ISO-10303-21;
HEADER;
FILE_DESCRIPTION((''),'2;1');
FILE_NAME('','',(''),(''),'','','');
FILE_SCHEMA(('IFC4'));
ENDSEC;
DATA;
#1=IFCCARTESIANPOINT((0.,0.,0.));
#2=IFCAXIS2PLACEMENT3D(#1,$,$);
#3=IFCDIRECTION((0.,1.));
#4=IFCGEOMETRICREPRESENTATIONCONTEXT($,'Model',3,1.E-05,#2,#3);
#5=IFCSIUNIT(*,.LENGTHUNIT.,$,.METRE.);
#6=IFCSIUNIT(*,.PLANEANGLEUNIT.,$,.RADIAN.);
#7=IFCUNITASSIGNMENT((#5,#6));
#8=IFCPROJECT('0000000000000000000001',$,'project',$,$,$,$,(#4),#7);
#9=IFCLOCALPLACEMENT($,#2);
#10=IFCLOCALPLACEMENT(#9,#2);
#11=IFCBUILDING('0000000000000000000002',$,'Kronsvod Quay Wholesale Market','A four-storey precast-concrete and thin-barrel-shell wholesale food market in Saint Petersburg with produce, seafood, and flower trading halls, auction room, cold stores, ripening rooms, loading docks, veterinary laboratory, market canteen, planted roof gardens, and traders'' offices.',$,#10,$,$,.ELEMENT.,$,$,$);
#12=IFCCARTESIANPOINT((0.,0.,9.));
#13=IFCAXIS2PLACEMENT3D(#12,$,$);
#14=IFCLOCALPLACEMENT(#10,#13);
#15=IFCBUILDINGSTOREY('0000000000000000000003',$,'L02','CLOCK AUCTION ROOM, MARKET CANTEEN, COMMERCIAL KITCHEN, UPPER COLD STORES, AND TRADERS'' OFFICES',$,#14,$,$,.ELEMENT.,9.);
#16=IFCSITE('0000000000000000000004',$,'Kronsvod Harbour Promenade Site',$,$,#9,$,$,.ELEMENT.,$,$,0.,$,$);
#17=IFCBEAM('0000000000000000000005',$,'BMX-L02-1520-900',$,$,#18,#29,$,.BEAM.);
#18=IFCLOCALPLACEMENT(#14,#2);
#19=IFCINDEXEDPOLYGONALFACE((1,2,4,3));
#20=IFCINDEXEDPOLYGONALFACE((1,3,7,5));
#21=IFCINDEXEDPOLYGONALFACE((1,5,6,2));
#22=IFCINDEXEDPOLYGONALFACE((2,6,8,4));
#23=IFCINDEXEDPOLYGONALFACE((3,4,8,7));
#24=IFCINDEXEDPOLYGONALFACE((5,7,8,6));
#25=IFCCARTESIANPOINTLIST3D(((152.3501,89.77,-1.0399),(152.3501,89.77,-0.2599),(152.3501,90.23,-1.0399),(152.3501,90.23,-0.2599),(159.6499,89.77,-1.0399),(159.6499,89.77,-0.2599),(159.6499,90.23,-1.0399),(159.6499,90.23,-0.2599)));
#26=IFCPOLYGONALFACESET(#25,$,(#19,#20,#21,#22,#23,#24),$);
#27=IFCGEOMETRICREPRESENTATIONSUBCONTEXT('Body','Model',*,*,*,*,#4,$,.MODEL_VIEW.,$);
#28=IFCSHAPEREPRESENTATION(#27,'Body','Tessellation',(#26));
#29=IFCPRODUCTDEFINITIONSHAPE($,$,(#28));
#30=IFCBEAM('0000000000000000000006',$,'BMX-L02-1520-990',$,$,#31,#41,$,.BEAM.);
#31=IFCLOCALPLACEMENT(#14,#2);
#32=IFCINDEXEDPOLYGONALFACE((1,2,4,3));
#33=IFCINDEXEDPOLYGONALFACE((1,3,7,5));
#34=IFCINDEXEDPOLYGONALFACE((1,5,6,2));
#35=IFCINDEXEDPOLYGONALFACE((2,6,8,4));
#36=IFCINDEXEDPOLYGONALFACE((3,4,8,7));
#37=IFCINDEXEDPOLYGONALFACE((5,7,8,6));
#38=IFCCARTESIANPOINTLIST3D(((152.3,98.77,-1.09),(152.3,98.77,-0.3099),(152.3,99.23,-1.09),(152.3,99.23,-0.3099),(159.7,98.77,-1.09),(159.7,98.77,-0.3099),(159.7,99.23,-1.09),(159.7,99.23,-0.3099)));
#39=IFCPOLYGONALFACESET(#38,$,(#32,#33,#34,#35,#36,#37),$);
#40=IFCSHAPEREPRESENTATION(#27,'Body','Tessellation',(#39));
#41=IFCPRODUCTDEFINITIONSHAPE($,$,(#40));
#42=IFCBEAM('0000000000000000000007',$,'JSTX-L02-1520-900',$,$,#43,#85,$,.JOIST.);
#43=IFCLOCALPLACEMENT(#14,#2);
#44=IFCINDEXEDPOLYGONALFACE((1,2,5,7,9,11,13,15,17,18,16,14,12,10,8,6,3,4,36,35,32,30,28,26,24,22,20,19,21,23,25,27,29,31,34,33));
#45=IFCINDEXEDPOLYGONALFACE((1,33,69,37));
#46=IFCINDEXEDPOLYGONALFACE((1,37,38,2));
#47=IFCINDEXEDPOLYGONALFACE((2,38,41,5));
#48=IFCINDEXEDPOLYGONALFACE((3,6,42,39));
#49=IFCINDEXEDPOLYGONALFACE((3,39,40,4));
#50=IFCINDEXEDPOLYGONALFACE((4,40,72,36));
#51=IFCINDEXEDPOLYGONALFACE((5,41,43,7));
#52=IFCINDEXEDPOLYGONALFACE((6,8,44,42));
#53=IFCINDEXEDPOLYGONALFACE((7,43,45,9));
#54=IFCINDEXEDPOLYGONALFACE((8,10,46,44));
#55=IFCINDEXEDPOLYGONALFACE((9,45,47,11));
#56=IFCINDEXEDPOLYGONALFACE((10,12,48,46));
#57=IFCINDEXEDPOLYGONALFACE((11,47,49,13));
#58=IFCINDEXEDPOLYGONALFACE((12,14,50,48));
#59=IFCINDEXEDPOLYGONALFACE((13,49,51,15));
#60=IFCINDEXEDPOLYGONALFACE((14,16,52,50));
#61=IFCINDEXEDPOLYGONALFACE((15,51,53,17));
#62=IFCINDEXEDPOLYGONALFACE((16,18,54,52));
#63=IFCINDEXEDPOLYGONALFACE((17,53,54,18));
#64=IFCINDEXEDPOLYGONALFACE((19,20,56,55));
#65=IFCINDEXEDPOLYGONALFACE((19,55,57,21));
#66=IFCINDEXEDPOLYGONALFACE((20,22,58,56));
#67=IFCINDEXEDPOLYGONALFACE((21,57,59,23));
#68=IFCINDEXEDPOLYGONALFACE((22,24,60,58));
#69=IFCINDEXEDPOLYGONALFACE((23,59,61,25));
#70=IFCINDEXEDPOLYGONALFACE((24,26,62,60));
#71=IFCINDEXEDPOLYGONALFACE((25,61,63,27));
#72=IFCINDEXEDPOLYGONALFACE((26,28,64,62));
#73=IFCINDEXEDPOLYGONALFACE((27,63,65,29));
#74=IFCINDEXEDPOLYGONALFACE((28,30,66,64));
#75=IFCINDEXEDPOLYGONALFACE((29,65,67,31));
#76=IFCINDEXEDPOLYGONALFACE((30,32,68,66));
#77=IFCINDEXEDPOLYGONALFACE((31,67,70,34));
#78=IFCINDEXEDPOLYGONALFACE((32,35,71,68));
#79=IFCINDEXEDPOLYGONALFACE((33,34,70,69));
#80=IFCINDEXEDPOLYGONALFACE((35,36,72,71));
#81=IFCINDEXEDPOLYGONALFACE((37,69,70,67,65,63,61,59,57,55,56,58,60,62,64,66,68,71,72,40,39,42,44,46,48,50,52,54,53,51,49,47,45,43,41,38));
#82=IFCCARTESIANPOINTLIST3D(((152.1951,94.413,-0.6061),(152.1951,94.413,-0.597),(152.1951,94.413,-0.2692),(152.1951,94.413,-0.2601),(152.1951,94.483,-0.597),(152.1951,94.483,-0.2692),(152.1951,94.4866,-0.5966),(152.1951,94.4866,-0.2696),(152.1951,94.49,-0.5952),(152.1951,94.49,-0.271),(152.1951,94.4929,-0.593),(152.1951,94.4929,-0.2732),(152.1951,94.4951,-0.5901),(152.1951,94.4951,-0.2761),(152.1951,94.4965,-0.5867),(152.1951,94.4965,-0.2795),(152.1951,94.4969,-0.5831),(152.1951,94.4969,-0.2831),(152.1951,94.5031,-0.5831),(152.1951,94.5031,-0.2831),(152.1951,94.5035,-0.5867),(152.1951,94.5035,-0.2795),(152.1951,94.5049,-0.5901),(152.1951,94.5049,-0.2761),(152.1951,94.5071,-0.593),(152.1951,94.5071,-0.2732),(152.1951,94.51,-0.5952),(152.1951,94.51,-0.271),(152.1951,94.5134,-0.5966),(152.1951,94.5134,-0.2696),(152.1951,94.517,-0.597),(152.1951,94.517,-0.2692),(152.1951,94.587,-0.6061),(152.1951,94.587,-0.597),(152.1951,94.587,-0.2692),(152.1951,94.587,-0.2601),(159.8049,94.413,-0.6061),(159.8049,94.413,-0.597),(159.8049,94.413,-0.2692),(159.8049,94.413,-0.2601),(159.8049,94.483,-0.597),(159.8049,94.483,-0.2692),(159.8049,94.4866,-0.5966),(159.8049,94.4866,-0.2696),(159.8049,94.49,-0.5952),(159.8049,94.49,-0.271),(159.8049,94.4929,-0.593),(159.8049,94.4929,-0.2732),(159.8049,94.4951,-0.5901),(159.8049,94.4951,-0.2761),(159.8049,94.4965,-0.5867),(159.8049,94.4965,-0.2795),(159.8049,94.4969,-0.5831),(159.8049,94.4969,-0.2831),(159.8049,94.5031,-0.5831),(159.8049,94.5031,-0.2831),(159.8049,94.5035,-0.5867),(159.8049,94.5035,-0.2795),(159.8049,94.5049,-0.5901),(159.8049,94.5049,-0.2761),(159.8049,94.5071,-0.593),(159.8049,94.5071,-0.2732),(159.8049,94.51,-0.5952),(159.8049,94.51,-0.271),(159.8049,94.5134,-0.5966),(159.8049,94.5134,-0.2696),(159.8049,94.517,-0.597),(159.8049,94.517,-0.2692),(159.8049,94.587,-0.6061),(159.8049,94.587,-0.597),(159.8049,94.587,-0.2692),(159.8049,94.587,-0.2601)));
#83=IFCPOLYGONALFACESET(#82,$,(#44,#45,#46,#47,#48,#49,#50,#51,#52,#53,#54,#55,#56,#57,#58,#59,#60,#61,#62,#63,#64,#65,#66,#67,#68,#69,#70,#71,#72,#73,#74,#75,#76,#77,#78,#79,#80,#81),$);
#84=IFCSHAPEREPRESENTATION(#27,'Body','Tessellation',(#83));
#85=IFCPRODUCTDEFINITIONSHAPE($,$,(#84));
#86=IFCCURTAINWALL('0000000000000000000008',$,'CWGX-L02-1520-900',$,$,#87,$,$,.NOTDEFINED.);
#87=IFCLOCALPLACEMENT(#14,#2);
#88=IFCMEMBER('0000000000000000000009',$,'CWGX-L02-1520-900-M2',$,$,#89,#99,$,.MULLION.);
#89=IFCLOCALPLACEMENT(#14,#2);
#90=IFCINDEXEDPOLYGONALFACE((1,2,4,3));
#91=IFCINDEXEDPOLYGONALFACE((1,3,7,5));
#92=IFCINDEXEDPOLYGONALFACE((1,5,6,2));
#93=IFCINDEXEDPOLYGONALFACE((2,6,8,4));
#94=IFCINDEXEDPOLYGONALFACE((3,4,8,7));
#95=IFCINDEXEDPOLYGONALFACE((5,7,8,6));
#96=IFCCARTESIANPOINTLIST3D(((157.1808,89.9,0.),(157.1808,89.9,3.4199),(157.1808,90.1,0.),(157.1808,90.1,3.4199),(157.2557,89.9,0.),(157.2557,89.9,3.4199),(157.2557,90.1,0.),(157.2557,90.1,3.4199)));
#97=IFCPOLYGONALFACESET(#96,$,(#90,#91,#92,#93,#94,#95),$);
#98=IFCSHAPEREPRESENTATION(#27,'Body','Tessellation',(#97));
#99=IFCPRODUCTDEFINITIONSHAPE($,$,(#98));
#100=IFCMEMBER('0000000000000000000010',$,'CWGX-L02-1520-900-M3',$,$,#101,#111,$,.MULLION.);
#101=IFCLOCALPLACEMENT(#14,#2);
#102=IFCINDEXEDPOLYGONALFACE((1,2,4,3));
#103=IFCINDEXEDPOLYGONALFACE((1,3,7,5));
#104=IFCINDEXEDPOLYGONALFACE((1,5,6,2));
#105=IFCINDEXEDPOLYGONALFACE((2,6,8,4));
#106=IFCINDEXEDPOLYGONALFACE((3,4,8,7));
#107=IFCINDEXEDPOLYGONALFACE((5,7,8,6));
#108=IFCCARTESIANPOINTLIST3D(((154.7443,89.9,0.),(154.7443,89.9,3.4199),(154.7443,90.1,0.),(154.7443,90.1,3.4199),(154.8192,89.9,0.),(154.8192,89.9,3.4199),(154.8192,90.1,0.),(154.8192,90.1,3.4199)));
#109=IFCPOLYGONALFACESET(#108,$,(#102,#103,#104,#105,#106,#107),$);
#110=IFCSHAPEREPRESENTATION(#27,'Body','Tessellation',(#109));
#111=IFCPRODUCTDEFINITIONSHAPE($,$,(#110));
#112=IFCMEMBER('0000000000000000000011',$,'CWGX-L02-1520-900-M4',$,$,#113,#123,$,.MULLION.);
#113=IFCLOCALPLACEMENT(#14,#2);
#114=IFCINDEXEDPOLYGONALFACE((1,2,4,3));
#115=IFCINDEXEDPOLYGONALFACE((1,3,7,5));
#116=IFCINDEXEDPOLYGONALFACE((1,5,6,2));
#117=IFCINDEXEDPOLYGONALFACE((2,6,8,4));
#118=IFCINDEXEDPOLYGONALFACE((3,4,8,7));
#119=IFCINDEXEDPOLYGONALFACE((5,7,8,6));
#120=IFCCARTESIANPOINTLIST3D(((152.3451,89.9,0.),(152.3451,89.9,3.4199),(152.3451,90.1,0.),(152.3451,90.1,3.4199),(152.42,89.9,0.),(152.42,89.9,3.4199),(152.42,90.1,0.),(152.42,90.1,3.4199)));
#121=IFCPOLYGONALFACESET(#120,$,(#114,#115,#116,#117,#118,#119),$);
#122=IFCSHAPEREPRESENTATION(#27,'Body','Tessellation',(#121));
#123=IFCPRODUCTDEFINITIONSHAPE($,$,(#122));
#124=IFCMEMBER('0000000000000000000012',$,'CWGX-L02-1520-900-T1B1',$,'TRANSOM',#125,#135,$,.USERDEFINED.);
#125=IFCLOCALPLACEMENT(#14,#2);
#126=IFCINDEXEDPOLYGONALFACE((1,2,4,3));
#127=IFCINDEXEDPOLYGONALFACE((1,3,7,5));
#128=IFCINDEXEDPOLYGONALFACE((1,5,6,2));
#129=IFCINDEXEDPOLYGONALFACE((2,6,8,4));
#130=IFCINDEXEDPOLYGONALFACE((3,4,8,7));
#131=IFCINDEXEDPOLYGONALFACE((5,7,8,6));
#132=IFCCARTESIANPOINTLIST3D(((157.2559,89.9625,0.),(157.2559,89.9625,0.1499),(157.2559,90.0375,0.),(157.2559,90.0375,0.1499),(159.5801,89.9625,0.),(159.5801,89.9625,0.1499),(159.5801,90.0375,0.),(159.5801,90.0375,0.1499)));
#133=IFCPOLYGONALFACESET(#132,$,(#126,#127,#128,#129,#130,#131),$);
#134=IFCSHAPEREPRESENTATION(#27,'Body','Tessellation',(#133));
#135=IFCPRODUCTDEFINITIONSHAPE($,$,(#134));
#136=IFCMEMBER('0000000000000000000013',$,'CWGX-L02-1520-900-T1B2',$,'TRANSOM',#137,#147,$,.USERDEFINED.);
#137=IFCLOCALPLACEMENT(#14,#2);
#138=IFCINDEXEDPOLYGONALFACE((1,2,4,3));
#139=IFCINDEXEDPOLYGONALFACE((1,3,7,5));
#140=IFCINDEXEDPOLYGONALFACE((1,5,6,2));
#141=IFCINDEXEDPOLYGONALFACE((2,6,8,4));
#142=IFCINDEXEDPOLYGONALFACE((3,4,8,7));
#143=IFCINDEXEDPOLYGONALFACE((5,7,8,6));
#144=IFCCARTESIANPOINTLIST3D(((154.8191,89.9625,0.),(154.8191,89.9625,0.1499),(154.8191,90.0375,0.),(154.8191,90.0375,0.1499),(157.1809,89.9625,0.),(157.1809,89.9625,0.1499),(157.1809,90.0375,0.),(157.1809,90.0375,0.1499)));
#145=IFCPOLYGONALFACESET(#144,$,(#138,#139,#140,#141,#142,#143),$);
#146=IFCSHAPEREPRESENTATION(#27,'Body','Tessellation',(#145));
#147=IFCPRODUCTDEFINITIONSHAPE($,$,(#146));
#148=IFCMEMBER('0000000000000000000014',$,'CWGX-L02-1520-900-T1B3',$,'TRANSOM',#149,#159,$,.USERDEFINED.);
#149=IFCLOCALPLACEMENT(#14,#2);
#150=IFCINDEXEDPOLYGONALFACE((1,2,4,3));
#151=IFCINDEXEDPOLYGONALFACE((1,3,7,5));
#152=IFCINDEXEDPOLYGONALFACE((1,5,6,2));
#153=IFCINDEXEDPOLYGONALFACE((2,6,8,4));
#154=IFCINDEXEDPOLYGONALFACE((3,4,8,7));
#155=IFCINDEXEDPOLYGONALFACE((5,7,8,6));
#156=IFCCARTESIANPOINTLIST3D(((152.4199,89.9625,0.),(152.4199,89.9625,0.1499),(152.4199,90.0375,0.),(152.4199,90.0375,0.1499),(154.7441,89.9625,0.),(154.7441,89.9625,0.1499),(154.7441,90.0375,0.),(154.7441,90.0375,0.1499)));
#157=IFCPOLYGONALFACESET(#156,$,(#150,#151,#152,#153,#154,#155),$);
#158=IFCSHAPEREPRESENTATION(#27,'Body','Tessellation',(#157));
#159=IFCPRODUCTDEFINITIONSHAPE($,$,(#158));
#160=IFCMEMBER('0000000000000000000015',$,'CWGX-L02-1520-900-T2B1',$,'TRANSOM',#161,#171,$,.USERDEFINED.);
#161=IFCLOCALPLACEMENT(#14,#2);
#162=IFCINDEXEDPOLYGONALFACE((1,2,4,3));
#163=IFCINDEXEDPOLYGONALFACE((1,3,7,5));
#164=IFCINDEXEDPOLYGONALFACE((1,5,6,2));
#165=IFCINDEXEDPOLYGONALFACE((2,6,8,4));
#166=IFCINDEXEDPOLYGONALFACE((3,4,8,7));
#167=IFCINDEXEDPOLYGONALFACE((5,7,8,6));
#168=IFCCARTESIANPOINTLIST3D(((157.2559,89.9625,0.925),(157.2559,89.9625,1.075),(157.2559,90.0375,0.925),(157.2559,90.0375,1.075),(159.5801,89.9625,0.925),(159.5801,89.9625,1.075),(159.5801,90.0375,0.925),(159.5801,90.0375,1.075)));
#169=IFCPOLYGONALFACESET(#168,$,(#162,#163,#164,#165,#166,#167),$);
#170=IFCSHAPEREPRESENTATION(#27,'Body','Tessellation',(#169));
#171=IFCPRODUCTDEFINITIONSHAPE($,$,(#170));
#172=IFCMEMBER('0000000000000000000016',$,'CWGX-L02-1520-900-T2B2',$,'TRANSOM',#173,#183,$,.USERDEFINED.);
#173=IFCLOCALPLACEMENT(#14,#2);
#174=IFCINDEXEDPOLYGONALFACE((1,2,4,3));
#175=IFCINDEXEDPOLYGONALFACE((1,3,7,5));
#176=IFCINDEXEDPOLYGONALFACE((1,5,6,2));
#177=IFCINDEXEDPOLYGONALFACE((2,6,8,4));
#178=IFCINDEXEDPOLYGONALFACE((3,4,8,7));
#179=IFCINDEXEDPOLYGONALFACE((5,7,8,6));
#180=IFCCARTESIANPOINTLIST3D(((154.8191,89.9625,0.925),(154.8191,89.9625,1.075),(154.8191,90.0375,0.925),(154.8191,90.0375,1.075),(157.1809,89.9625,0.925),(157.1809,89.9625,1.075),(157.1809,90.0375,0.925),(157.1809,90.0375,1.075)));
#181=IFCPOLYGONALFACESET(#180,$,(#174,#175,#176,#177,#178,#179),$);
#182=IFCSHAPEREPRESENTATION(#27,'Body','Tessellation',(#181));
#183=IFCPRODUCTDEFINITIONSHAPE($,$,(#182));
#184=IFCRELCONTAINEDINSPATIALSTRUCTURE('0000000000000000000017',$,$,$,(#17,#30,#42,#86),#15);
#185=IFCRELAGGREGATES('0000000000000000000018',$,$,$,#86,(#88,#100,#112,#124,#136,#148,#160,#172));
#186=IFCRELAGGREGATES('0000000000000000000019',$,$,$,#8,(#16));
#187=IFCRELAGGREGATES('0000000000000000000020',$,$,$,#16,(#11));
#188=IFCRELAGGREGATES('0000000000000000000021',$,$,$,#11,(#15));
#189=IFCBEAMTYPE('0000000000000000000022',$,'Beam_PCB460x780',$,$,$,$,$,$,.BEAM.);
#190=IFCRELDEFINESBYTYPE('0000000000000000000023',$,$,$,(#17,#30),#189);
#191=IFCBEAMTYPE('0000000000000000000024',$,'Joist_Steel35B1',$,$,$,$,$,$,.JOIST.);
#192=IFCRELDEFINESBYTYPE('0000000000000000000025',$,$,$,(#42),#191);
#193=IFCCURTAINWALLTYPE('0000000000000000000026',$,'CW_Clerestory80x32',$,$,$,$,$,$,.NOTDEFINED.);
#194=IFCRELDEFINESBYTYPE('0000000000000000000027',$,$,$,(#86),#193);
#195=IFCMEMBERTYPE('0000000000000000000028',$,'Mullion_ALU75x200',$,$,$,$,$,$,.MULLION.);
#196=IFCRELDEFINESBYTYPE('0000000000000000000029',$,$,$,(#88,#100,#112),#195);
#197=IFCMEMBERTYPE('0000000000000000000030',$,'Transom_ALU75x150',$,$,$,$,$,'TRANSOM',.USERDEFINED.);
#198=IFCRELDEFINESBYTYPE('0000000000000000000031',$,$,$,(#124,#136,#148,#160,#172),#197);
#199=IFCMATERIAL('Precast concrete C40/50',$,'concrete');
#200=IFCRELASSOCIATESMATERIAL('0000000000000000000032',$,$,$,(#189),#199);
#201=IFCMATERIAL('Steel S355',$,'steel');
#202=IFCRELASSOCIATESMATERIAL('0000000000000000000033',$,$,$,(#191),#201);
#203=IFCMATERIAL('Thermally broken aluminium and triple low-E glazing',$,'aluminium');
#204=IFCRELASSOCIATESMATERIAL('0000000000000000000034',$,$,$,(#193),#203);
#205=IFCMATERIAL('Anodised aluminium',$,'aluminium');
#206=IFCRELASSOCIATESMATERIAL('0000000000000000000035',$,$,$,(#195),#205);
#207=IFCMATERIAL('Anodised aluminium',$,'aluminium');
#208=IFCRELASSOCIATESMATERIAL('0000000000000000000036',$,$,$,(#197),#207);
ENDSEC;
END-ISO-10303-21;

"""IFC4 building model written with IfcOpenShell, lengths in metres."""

from ifc_helpers import new_model, si_unit, direction, frame, origin, origin_2d, place, context, subcontext, project, spatial, rectangle, i_section, extrude, material, material_profile, profile_set, type_object, element, aggregate, save


model = new_model("IFC4")

# Units and contexts
model_context = context("Model", 3, precision=1e-05, world=origin(), true_north=direction((0.0, 1.0)))
body_context = subcontext(model_context, "Body", "Model", "MODEL_VIEW")
ifc_project = project(units=[si_unit("LENGTHUNIT", "METRE"), si_unit("PLANEANGLEUNIT", "RADIAN")], contexts=[model_context])

# Site, building, storey
site_placement = place(None, origin())
site = spatial("IfcSite", under=ifc_project, at=site_placement, Name="Kronsvod Harbour Promenade Site", CompositionType="ELEMENT", RefElevation=0.0)
building_placement = place(site_placement, origin())
building = spatial("IfcBuilding", under=site, at=building_placement, Name="Kronsvod Quay Wholesale Market", Description="A four-storey precast-concrete and thin-barrel-shell wholesale food market in Saint Petersburg with produce, seafood, and flower trading halls, auction room, cold stores, ripening rooms, loading docks, veterinary laboratory, market canteen, planted roof gardens, and traders' offices.", CompositionType="ELEMENT")
storey_placement = place(building_placement, frame((0.0, 0.0, 9.0)))
storey = spatial("IfcBuildingStorey", under=building, at=storey_placement, Name="L02", Description="CLOCK AUCTION ROOM, MARKET CANTEEN, COMMERCIAL KITCHEN, UPPER COLD STORES, AND TRADERS' OFFICES", CompositionType="ELEMENT", Elevation=9.0)

# Beams
ifc_material_1 = material(Name="Precast concrete C40/50", Category="concrete")
ifc_material_profile_1 = material_profile(ifc_material_1, rectangle(XDim=0.46, YDim=0.78, at=origin_2d()), Name="PB-03")
ifc_profile_set_1 = profile_set([ifc_material_profile_1], Name="Precast concrete C40/50")
beam_type_1 = type_object("IfcBeamType", Name="Beam_PCB460x780", PredefinedType="BEAM", material=ifc_profile_set_1)
beam_1_placement = place(storey_placement, frame((152.3501, 90.0, -0.6499), z_axis=(1.0, 0.0, 0.0), x_axis=(0.0, 1.0, 0.0)))
element("IfcBeam", 1, at=beam_1_placement, inside=storey, type_object=beam_type_1, Name="BMX-L02-1520-900", PredefinedType="BEAM", context=body_context, shape_type="SweptSolid", body=[
    extrude(rectangle(XDim=0.46, YDim=0.78, at=origin_2d()), origin(), (0.0, 0.0, 1.0), 7.2998),
])
beam_2_placement = place(storey_placement, frame((152.3, 99.0, -0.7), z_axis=(1.0, 0.0, 0.0), x_axis=(0.0, 1.0, 0.0)))
element("IfcBeam", 2, at=beam_2_placement, inside=storey, type_object=beam_type_1, Name="BMX-L02-1520-990", PredefinedType="BEAM", context=body_context, shape_type="SweptSolid", body=[
    extrude(rectangle(XDim=0.46, YDim=0.78, at=origin_2d()), origin(), (0.0, 0.0, 1.0), 7.3999),
])
ifc_material_2 = material(Name="Steel S355", Category="steel")
ifc_material_profile_2 = material_profile(ifc_material_2, i_section(OverallWidth=0.1741, OverallDepth=0.3459, WebThickness=0.0061, FlangeThickness=0.009, FilletRadius=0.0139, at=origin_2d()), Name="35B1")
ifc_profile_set_2 = profile_set([ifc_material_profile_2], Name="Steel S355")
beam_type_2 = type_object("IfcBeamType", Name="Joist_Steel35B1", PredefinedType="JOIST", material=ifc_profile_set_2)
beam_3_placement = place(storey_placement, frame((152.1951, 94.5, -0.4331), z_axis=(1.0, 0.0, 0.0), x_axis=(0.0, 1.0, 0.0)))
element("IfcBeam", 3, at=beam_3_placement, inside=storey, type_object=beam_type_2, Name="JSTX-L02-1520-900", PredefinedType="JOIST", context=body_context, shape_type="SweptSolid", body=[
    extrude(i_section(OverallWidth=0.1741, OverallDepth=0.3459, WebThickness=0.0061, FlangeThickness=0.009, FilletRadius=0.0139, at=origin_2d()), origin(), (0.0, 0.0, 1.0), 7.6099),
])

# Curtain wall, members
ifc_material_3 = material(Name="Thermally broken aluminium and triple low-E glazing", Category="aluminium")
curtain_wall_type = type_object("IfcCurtainWallType", Name="CW_Clerestory80x32", PredefinedType="NOTDEFINED", material=ifc_material_3)
curtain_wall_placement = place(storey_placement, origin())
curtain_wall = element("IfcCurtainWall", 4, at=curtain_wall_placement, inside=storey, type_object=curtain_wall_type, Name="CWGX-L02-1520-900", PredefinedType="NOTDEFINED")
ifc_material_4 = material(Name="Anodised aluminium", Category="aluminium")
ifc_material_profile_3 = material_profile(ifc_material_4, rectangle(XDim=0.075, YDim=0.2, at=origin_2d()), Name="ALUM75x200")
ifc_profile_set_3 = profile_set([ifc_material_profile_3], Name="Anodised aluminium")
member_type_1 = type_object("IfcMemberType", Name="Mullion_ALU75x200", PredefinedType="MULLION", material=ifc_profile_set_3)
member_1_placement = place(storey_placement, frame((157.2183, 90.0, 0.0), z_axis=(0.0, 0.0, 1.0), x_axis=(1.0, 0.0, 0.0)))
member_1 = element("IfcMember", 5, at=member_1_placement, type_object=member_type_1, Name="CWGX-L02-1520-900-M2", PredefinedType="MULLION", context=body_context, shape_type="SweptSolid", body=[
    extrude(rectangle(XDim=0.075, YDim=0.2, at=origin_2d()), origin(), (0.0, 0.0, 1.0), 3.4199),
])
member_2_placement = place(storey_placement, frame((154.7817, 90.0, 0.0), z_axis=(0.0, 0.0, 1.0), x_axis=(1.0, 0.0, 0.0)))
member_2 = element("IfcMember", 6, at=member_2_placement, type_object=member_type_1, Name="CWGX-L02-1520-900-M3", PredefinedType="MULLION", context=body_context, shape_type="SweptSolid", body=[
    extrude(rectangle(XDim=0.075, YDim=0.2, at=origin_2d()), origin(), (0.0, 0.0, 1.0), 3.4199),
])
member_3_placement = place(storey_placement, frame((152.3826, 90.0, 0.0), z_axis=(0.0, 0.0, 1.0), x_axis=(1.0, 0.0, 0.0)))
member_3 = element("IfcMember", 7, at=member_3_placement, type_object=member_type_1, Name="CWGX-L02-1520-900-M4", PredefinedType="MULLION", context=body_context, shape_type="SweptSolid", body=[
    extrude(rectangle(XDim=0.075, YDim=0.2, at=origin_2d()), origin(), (0.0, 0.0, 1.0), 3.4199),
])
ifc_material_5 = material(Name="Anodised aluminium", Category="aluminium")
ifc_material_profile_4 = material_profile(ifc_material_5, rectangle(XDim=0.075, YDim=0.1499, at=origin_2d()), Name="ALUT75x150")
ifc_profile_set_4 = profile_set([ifc_material_profile_4], Name="Anodised aluminium")
member_type_2 = type_object("IfcMemberType", Name="Transom_ALU75x150", ElementType="TRANSOM", PredefinedType="USERDEFINED", material=ifc_profile_set_4)
member_4_placement = place(storey_placement, frame((159.5801, 90.0, 0.075), z_axis=(-1.0, 0.0, 0.0), x_axis=(0.0, -1.0, 0.0)))
member_4 = element("IfcMember", 8, at=member_4_placement, type_object=member_type_2, Name="CWGX-L02-1520-900-T1B1", ObjectType="TRANSOM", PredefinedType="USERDEFINED", context=body_context, shape_type="SweptSolid", body=[
    extrude(rectangle(XDim=0.075, YDim=0.1499, at=origin_2d()), origin(), (0.0, 0.0, 1.0), 2.3242),
])
member_5_placement = place(storey_placement, frame((157.1809, 90.0, 0.075), z_axis=(-1.0, 0.0, 0.0), x_axis=(0.0, -1.0, 0.0)))
member_5 = element("IfcMember", 9, at=member_5_placement, type_object=member_type_2, Name="CWGX-L02-1520-900-T1B2", ObjectType="TRANSOM", PredefinedType="USERDEFINED", context=body_context, shape_type="SweptSolid", body=[
    extrude(rectangle(XDim=0.075, YDim=0.1499, at=origin_2d()), origin(), (0.0, 0.0, 1.0), 2.3618),
])
member_6_placement = place(storey_placement, frame((154.7441, 90.0, 0.075), z_axis=(-1.0, 0.0, 0.0), x_axis=(0.0, -1.0, 0.0)))
member_6 = element("IfcMember", 10, at=member_6_placement, type_object=member_type_2, Name="CWGX-L02-1520-900-T1B3", ObjectType="TRANSOM", PredefinedType="USERDEFINED", context=body_context, shape_type="SweptSolid", body=[
    extrude(rectangle(XDim=0.075, YDim=0.1499, at=origin_2d()), origin(), (0.0, 0.0, 1.0), 2.3242),
])
member_7_placement = place(storey_placement, frame((159.5801, 90.0, 1.0), z_axis=(-1.0, 0.0, 0.0), x_axis=(0.0, -1.0, 0.0)))
member_7 = element("IfcMember", 11, at=member_7_placement, type_object=member_type_2, Name="CWGX-L02-1520-900-T2B1", ObjectType="TRANSOM", PredefinedType="USERDEFINED", context=body_context, shape_type="SweptSolid", body=[
    extrude(rectangle(XDim=0.075, YDim=0.1499, at=origin_2d()), origin(), (0.0, 0.0, 1.0), 2.3242),
])
member_8_placement = place(storey_placement, frame((157.1809, 90.0, 1.0), z_axis=(-1.0, 0.0, 0.0), x_axis=(0.0, -1.0, 0.0)))
member_8 = element("IfcMember", 12, at=member_8_placement, type_object=member_type_2, Name="CWGX-L02-1520-900-T2B2", ObjectType="TRANSOM", PredefinedType="USERDEFINED", context=body_context, shape_type="SweptSolid", body=[
    extrude(rectangle(XDim=0.075, YDim=0.1499, at=origin_2d()), origin(), (0.0, 0.0, 1.0), 2.3618),
])
aggregate(curtain_wall, [member_1, member_2, member_3, member_4, member_5, member_6, member_7, member_8])

save(model, "model.ifc")
